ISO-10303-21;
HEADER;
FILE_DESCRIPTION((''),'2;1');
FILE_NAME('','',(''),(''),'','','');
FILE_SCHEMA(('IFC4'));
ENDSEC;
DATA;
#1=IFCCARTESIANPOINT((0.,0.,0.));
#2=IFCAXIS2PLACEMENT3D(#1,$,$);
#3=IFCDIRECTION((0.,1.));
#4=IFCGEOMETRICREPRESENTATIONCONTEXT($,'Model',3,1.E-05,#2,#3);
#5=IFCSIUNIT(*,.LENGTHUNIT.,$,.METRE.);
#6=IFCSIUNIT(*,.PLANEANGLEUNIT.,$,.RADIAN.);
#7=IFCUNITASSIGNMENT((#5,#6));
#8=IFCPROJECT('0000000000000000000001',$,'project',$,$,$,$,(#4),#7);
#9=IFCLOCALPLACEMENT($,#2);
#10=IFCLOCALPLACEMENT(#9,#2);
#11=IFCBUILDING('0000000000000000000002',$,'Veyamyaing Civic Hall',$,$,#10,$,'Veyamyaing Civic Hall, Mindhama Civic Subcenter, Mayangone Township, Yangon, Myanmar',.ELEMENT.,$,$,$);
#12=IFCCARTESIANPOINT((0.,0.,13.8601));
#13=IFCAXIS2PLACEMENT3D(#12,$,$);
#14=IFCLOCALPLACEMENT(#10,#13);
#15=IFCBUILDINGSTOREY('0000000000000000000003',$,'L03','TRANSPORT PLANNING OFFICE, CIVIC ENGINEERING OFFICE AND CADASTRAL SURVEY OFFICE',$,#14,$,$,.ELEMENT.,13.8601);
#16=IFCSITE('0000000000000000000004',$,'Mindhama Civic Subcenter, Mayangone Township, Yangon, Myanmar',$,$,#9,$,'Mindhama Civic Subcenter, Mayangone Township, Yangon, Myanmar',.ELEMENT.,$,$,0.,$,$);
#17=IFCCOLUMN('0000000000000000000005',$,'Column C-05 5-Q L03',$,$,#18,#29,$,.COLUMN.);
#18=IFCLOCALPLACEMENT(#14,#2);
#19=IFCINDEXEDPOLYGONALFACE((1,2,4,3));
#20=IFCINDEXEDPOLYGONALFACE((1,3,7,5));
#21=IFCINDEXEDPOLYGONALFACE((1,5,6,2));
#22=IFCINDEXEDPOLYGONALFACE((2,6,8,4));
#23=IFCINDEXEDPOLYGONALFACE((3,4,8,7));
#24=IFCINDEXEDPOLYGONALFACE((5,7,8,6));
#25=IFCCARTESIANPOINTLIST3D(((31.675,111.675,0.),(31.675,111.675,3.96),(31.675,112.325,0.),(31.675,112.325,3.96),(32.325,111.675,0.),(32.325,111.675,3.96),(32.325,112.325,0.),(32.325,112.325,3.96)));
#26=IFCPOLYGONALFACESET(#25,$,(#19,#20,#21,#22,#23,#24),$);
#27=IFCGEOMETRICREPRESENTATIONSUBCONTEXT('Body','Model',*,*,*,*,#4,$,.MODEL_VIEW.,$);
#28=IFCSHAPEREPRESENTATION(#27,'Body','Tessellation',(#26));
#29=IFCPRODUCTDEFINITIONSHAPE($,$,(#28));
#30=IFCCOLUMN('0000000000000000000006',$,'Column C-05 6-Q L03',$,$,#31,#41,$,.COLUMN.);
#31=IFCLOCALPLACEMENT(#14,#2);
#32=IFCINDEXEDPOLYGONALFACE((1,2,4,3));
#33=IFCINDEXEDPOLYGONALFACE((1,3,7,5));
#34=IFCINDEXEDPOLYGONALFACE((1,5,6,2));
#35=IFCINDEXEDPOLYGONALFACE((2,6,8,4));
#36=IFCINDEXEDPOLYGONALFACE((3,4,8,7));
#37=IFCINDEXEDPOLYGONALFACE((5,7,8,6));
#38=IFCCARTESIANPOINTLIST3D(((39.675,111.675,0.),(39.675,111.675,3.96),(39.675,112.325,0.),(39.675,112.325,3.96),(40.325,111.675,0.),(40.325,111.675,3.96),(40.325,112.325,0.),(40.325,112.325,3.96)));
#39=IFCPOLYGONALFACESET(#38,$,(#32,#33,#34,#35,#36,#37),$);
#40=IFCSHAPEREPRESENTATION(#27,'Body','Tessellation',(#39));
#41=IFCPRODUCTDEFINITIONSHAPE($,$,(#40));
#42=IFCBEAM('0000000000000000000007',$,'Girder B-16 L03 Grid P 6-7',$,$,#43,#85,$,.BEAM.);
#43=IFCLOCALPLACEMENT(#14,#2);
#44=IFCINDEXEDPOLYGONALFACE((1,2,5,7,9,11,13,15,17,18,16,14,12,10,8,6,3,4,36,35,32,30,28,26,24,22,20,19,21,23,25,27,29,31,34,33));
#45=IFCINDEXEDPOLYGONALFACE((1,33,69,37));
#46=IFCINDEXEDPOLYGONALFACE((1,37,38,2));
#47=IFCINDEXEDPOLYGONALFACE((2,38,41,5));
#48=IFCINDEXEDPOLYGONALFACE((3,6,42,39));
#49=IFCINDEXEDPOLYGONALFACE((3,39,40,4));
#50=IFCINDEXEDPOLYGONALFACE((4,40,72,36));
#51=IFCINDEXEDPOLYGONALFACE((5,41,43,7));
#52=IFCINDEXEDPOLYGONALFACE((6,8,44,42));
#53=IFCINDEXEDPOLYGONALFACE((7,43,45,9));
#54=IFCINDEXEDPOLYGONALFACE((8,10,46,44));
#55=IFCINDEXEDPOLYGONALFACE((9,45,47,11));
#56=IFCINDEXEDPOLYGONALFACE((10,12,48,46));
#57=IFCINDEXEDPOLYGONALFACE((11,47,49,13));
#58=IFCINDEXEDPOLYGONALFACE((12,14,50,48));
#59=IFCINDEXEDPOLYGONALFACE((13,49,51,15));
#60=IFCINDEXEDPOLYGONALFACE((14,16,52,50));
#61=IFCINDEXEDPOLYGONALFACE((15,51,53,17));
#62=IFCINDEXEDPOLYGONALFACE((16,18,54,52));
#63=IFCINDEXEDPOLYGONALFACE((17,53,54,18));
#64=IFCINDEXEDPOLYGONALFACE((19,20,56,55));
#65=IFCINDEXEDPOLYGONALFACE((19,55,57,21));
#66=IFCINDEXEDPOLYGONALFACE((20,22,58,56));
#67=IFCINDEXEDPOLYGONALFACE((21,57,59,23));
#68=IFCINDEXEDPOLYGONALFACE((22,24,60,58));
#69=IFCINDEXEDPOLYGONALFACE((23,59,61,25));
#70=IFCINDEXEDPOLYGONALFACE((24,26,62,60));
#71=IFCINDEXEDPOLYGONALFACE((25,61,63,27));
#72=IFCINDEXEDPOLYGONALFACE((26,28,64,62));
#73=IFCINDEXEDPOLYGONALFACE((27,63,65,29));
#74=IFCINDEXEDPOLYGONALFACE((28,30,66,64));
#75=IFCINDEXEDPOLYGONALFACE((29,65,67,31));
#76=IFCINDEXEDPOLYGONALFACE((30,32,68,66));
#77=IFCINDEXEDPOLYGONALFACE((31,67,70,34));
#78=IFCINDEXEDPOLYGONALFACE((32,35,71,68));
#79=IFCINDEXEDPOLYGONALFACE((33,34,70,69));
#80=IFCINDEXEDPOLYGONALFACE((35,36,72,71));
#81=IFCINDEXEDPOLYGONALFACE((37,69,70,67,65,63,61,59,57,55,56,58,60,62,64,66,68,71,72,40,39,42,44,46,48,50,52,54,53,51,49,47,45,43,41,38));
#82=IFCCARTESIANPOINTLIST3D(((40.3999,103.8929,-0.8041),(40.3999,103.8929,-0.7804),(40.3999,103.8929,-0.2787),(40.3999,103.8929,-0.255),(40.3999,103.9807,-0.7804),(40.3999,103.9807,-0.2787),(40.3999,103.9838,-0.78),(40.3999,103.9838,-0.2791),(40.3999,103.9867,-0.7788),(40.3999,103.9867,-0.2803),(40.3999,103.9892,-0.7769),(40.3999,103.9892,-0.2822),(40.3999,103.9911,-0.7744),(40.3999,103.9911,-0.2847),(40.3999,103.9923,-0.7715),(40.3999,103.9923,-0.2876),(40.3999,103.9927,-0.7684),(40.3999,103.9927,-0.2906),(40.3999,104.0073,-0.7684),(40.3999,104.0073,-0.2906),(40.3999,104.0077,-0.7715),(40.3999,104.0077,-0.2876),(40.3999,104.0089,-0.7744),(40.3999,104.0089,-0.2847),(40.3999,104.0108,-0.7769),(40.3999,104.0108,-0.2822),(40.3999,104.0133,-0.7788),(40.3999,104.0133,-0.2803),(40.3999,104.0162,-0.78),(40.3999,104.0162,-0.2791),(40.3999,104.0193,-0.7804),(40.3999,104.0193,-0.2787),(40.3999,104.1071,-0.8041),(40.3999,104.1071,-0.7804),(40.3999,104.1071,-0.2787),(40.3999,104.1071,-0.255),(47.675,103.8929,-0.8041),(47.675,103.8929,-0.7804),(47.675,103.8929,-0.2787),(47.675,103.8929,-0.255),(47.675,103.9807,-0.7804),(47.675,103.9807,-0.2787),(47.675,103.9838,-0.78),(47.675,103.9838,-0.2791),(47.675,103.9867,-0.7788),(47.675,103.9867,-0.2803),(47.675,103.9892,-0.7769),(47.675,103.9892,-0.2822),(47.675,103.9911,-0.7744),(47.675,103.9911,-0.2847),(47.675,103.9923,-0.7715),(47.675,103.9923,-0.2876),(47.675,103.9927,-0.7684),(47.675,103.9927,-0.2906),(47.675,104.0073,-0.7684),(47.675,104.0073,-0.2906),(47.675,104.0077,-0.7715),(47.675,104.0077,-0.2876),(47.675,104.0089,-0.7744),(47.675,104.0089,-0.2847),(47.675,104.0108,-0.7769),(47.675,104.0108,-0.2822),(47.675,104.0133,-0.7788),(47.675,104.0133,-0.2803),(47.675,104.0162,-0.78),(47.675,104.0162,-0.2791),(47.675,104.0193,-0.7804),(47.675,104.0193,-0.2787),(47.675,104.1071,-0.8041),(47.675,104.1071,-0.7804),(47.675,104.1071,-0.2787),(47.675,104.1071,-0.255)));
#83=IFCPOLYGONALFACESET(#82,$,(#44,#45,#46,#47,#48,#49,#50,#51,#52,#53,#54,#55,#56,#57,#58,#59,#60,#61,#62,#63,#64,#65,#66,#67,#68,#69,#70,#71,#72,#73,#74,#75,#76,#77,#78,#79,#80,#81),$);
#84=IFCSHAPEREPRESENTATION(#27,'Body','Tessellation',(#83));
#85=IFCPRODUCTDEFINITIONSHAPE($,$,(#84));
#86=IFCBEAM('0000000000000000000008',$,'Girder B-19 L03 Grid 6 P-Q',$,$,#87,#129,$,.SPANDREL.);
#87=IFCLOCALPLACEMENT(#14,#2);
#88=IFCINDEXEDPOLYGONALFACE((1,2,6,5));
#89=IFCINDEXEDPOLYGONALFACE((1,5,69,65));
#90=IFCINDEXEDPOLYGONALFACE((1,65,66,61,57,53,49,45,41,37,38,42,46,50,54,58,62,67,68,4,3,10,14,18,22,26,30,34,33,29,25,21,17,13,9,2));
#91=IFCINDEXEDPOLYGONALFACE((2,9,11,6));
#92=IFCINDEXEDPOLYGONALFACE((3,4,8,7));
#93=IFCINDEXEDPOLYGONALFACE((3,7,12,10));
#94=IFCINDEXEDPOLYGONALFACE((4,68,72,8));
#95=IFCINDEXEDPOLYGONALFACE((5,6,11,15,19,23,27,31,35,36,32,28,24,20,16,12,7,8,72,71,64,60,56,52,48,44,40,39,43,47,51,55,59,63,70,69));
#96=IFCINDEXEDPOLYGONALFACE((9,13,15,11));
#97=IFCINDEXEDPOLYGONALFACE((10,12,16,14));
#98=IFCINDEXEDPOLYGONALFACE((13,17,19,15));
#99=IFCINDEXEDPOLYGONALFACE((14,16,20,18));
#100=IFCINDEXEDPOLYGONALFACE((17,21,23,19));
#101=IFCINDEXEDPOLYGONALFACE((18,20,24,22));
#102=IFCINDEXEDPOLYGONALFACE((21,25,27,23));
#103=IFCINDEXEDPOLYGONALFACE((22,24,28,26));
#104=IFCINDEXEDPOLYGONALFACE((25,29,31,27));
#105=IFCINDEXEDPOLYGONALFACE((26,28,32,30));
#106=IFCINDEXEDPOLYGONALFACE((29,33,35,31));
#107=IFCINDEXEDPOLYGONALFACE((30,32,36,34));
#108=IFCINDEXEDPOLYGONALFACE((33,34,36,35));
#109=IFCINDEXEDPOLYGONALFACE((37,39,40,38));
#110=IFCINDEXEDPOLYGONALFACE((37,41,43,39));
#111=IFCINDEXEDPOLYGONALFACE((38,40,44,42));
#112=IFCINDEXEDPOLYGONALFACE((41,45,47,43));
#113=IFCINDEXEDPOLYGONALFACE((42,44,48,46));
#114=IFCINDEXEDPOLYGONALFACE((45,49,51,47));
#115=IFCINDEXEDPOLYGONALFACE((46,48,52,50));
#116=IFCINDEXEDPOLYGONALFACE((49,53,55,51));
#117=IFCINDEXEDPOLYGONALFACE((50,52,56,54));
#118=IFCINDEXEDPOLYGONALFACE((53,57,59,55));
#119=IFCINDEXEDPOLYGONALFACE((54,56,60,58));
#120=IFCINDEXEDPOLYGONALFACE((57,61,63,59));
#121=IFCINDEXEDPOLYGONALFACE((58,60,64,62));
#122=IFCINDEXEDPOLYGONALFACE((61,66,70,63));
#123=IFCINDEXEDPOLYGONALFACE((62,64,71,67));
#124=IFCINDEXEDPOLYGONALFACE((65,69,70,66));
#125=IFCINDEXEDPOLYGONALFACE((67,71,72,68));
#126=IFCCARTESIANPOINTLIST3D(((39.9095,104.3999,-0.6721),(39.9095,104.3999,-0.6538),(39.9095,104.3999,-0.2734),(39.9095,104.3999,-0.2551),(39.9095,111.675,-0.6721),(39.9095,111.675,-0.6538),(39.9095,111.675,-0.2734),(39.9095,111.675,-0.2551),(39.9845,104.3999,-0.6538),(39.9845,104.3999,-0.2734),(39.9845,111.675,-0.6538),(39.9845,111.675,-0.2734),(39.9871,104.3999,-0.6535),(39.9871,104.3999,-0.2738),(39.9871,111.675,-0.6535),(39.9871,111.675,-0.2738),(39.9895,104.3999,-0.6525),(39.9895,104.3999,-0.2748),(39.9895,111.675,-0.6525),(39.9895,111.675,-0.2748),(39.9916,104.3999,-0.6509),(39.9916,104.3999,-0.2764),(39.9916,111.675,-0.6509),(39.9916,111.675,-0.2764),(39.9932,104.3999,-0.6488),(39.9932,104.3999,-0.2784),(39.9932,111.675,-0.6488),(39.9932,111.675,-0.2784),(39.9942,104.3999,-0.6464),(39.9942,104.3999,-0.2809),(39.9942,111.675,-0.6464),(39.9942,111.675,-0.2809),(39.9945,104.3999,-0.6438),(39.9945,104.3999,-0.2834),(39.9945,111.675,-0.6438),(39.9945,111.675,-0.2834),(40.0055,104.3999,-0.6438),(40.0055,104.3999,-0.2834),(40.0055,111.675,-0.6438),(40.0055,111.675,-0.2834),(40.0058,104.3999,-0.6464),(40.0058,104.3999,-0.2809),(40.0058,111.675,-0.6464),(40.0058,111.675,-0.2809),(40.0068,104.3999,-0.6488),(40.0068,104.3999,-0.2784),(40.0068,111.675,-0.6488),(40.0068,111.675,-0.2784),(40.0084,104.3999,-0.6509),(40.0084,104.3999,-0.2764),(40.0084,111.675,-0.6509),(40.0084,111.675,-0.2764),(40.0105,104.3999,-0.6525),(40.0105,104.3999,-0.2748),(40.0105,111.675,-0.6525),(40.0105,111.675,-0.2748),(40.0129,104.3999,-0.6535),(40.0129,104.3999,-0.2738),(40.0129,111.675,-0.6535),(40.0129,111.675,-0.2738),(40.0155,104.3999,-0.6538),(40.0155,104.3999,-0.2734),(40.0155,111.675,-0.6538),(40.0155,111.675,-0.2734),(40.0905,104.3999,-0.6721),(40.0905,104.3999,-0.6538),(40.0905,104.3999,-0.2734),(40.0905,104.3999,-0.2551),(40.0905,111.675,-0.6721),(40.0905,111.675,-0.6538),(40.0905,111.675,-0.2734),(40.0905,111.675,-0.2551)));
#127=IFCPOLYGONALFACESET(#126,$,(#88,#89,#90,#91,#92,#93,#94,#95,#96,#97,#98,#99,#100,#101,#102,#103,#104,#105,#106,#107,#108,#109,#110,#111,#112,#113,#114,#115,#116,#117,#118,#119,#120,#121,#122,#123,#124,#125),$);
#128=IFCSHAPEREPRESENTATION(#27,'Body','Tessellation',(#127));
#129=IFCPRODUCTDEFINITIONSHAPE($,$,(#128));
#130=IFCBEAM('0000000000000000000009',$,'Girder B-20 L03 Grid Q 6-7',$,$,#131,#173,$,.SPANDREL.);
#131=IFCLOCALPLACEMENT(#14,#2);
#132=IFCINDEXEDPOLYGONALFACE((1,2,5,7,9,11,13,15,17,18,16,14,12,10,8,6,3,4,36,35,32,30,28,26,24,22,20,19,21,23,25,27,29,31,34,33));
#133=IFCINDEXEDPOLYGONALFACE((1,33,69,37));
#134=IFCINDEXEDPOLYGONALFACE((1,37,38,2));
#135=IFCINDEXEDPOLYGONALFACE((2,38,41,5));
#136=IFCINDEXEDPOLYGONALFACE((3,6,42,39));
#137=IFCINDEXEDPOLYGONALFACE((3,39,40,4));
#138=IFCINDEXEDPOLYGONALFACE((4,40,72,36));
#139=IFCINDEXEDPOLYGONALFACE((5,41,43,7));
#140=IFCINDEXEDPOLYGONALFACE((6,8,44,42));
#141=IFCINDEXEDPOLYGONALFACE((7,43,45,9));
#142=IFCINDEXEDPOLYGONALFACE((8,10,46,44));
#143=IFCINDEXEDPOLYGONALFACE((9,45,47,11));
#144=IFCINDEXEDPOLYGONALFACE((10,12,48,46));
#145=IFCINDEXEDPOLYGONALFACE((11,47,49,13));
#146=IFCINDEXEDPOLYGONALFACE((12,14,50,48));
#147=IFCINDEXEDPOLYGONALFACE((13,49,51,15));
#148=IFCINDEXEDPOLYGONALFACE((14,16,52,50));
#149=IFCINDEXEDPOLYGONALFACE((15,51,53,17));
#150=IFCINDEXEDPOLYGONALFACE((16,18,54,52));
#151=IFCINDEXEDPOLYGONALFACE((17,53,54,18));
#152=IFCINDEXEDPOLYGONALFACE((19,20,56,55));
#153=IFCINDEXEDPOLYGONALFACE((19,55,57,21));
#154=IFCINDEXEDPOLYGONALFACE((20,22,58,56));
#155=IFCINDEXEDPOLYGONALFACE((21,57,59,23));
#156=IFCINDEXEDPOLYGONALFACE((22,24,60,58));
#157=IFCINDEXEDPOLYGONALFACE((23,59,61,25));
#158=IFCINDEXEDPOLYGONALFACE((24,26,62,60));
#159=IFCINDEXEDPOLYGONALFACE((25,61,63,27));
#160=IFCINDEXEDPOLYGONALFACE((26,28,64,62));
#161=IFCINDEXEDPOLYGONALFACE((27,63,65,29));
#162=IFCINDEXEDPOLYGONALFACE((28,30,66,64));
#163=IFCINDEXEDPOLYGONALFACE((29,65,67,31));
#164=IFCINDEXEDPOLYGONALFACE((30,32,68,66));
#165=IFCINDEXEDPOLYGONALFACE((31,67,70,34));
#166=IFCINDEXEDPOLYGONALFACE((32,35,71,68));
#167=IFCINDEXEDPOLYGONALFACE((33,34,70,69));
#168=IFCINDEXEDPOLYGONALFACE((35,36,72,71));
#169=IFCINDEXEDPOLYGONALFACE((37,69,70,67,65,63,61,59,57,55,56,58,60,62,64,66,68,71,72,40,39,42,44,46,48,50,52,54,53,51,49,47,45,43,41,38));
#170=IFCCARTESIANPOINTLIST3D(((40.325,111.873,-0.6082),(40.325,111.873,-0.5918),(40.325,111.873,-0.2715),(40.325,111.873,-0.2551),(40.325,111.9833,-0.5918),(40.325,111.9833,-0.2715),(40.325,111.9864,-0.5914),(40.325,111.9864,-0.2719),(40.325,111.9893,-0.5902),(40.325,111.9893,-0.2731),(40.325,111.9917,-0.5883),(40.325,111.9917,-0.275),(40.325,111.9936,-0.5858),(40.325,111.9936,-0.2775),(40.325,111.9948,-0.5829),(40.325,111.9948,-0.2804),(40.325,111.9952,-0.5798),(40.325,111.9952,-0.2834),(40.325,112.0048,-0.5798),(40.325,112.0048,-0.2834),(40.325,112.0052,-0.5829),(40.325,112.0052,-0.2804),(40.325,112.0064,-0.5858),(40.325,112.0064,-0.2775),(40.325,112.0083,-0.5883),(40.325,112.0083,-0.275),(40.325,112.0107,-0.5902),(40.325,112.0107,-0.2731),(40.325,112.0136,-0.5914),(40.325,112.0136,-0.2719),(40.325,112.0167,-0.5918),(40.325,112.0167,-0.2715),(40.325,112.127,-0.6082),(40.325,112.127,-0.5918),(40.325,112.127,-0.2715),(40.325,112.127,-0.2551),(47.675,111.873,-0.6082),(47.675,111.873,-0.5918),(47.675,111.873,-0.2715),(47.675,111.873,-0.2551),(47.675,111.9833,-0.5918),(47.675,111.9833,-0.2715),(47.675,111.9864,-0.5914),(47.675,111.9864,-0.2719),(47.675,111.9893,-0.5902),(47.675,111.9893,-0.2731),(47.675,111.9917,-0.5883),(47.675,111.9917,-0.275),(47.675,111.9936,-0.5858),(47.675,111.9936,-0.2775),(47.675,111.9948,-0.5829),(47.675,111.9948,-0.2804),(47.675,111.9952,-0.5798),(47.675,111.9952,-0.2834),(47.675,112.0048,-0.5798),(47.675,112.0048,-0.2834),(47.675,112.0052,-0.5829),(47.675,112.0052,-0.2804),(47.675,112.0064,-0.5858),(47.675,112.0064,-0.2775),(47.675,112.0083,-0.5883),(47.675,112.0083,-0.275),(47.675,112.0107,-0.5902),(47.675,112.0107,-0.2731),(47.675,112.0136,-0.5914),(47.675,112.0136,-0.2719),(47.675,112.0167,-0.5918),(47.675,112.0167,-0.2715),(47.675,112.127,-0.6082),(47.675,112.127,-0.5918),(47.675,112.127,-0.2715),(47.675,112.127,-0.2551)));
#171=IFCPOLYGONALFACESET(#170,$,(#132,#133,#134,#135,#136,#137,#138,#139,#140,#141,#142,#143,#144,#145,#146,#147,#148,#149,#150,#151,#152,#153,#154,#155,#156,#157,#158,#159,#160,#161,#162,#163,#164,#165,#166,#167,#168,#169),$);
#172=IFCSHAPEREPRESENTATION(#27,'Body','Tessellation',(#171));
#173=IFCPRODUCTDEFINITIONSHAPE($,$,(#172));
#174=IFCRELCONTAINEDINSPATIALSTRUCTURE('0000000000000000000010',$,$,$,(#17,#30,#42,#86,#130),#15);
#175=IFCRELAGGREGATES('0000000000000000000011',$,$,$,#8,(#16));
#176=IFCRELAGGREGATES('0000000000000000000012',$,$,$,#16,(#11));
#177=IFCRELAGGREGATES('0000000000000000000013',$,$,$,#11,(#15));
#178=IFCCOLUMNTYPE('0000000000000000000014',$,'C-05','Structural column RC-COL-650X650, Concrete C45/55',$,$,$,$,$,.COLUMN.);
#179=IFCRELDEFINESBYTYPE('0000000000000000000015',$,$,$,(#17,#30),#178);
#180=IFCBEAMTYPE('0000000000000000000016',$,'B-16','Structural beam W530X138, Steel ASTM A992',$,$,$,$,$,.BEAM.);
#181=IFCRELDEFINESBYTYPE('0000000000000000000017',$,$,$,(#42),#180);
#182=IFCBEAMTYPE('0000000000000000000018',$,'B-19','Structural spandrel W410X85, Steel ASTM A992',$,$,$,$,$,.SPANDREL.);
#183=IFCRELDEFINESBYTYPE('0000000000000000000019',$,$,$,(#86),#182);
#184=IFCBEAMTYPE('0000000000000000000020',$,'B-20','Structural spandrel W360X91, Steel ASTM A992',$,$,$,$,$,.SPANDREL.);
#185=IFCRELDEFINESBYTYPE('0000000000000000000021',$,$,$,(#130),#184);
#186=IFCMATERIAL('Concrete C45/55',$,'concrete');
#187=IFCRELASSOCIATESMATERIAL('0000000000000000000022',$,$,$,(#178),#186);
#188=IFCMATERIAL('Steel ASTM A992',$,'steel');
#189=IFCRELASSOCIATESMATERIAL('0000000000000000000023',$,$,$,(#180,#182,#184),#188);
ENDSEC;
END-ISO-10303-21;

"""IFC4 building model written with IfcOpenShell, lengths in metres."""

from ifc_helpers import new_model, si_unit, direction, frame, origin, origin_2d, place, context, subcontext, project, spatial, rectangle, i_section, extrude, material, material_profile, profile_set, type_object, element, save


model = new_model("IFC4")

# Units and contexts
model_context = context("Model", 3, precision=1e-05, world=origin(), true_north=direction((0.0, 1.0)))
body_context = subcontext(model_context, "Body", "Model", "MODEL_VIEW")
ifc_project = project(units=[si_unit("LENGTHUNIT", "METRE"), si_unit("PLANEANGLEUNIT", "RADIAN")], contexts=[model_context])

# Site, building, storey
site_placement = place(None, origin())
site = spatial("IfcSite", under=ifc_project, at=site_placement, Name="Mindhama Civic Subcenter, Mayangone Township, Yangon, Myanmar", LongName="Mindhama Civic Subcenter, Mayangone Township, Yangon, Myanmar", CompositionType="ELEMENT", RefElevation=0.0)
building_placement = place(site_placement, origin())
building = spatial("IfcBuilding", under=site, at=building_placement, Name="Veyamyaing Civic Hall", LongName="Veyamyaing Civic Hall, Mindhama Civic Subcenter, Mayangone Township, Yangon, Myanmar", CompositionType="ELEMENT")
storey_placement = place(building_placement, frame((0.0, 0.0, 13.8601)))
storey = spatial("IfcBuildingStorey", under=building, at=storey_placement, Name="L03", Description="TRANSPORT PLANNING OFFICE, CIVIC ENGINEERING OFFICE AND CADASTRAL SURVEY OFFICE", CompositionType="ELEMENT", Elevation=13.8601)

# Columns
ifc_material_1 = material(Name="Concrete C45/55", Category="concrete")
ifc_material_profile_1 = material_profile(ifc_material_1, rectangle(XDim=0.6499, YDim=0.6499, at=origin_2d()), Name="RC-COL-650X650")
ifc_profile_set_1 = profile_set([ifc_material_profile_1], Name="Concrete C45/55")
column_type = type_object("IfcColumnType", Name="C-05", Description="Structural column RC-COL-650X650, Concrete C45/55", PredefinedType="COLUMN", material=ifc_profile_set_1)
for number, where, z_axis, x_axis, name in (
    (1, (32.0, 112.0, 0.0), (0.0, 0.0, 1.0), (1.0, 0.0, 0.0), "Column C-05 5-Q L03"),
    (2, (40.0, 112.0, 0.0), (0.0, 0.0, 1.0), (1.0, 0.0, 0.0), "Column C-05 6-Q L03"),
):
    element("IfcColumn", number, at=place(storey_placement, frame(where, z_axis=z_axis, x_axis=x_axis)), inside=storey, type_object=column_type, Name=name, PredefinedType="COLUMN", context=body_context, shape_type="SweptSolid", body=[
        extrude(rectangle(XDim=0.6499, YDim=0.6499, at=origin_2d()), origin(), (0.0, 0.0, 1.0), 3.96),
    ])

# Beams
ifc_material_2 = material(Name="Steel ASTM A992", Category="steel")
ifc_material_profile_2 = material_profile(ifc_material_2, i_section(OverallWidth=0.2141, OverallDepth=0.5491, WebThickness=0.0146, FlangeThickness=0.0237, FilletRadius=0.012, at=origin_2d()), Name="W530X138")
ifc_profile_set_2 = profile_set([ifc_material_profile_2], Name="Steel ASTM A992")
beam_type_1 = type_object("IfcBeamType", Name="B-16", Description="Structural beam W530X138, Steel ASTM A992", PredefinedType="BEAM", material=ifc_profile_set_2)
beam_1_placement = place(storey_placement, frame((40.3999, 104.0, -0.5295), z_axis=(1.0, 0.0, 0.0), x_axis=(0.0, 1.0, 0.0)))
element("IfcBeam", 3, at=beam_1_placement, inside=storey, type_object=beam_type_1, Name="Girder B-16 L03 Grid P 6-7", PredefinedType="BEAM", context=body_context, shape_type="SweptSolid", body=[
    extrude(i_section(OverallWidth=0.2141, OverallDepth=0.5491, WebThickness=0.0146, FlangeThickness=0.0237, FilletRadius=0.012, at=origin_2d()), origin(), (0.0, 0.0, 1.0), 7.2751),
])
ifc_material_profile_3 = material_profile(ifc_material_2, i_section(OverallWidth=0.1809, OverallDepth=0.417, WebThickness=0.011, FlangeThickness=0.0183, FilletRadius=0.01, at=origin_2d()), Name="W410X85")
ifc_profile_set_3 = profile_set([ifc_material_profile_3], Name="Steel ASTM A992")
beam_type_2 = type_object("IfcBeamType", Name="B-19", Description="Structural spandrel W410X85, Steel ASTM A992", PredefinedType="SPANDREL", material=ifc_profile_set_3)
beam_2_placement = place(storey_placement, frame((40.0, 104.3999, -0.4636), z_axis=(0.0, 1.0, 0.0), x_axis=(-1.0, 0.0, 0.0)))
element("IfcBeam", 4, at=beam_2_placement, inside=storey, type_object=beam_type_2, Name="Girder B-19 L03 Grid 6 P-Q", PredefinedType="SPANDREL", context=body_context, shape_type="SweptSolid", body=[
    extrude(i_section(OverallWidth=0.1809, OverallDepth=0.417, WebThickness=0.011, FlangeThickness=0.0183, FilletRadius=0.01, at=origin_2d()), origin(), (0.0, 0.0, 1.0), 7.2751),
])
ifc_material_profile_4 = material_profile(ifc_material_2, i_section(OverallWidth=0.2539, OverallDepth=0.353, WebThickness=0.0095, FlangeThickness=0.0164, FilletRadius=0.012, at=origin_2d()), Name="W360X91")
ifc_profile_set_4 = profile_set([ifc_material_profile_4], Name="Steel ASTM A992")
beam_type_3 = type_object("IfcBeamType", Name="B-20", Description="Structural spandrel W360X91, Steel ASTM A992", PredefinedType="SPANDREL", material=ifc_profile_set_4)
beam_3_placement = place(storey_placement, frame((40.325, 112.0, -0.4316), z_axis=(1.0, 0.0, 0.0), x_axis=(0.0, 1.0, 0.0)))
element("IfcBeam", 5, at=beam_3_placement, inside=storey, type_object=beam_type_3, Name="Girder B-20 L03 Grid Q 6-7", PredefinedType="SPANDREL", context=body_context, shape_type="SweptSolid", body=[
    extrude(i_section(OverallWidth=0.2539, OverallDepth=0.353, WebThickness=0.0095, FlangeThickness=0.0164, FilletRadius=0.012, at=origin_2d()), origin(), (0.0, 0.0, 1.0), 7.3501),
])

save(model, "model.ifc")
